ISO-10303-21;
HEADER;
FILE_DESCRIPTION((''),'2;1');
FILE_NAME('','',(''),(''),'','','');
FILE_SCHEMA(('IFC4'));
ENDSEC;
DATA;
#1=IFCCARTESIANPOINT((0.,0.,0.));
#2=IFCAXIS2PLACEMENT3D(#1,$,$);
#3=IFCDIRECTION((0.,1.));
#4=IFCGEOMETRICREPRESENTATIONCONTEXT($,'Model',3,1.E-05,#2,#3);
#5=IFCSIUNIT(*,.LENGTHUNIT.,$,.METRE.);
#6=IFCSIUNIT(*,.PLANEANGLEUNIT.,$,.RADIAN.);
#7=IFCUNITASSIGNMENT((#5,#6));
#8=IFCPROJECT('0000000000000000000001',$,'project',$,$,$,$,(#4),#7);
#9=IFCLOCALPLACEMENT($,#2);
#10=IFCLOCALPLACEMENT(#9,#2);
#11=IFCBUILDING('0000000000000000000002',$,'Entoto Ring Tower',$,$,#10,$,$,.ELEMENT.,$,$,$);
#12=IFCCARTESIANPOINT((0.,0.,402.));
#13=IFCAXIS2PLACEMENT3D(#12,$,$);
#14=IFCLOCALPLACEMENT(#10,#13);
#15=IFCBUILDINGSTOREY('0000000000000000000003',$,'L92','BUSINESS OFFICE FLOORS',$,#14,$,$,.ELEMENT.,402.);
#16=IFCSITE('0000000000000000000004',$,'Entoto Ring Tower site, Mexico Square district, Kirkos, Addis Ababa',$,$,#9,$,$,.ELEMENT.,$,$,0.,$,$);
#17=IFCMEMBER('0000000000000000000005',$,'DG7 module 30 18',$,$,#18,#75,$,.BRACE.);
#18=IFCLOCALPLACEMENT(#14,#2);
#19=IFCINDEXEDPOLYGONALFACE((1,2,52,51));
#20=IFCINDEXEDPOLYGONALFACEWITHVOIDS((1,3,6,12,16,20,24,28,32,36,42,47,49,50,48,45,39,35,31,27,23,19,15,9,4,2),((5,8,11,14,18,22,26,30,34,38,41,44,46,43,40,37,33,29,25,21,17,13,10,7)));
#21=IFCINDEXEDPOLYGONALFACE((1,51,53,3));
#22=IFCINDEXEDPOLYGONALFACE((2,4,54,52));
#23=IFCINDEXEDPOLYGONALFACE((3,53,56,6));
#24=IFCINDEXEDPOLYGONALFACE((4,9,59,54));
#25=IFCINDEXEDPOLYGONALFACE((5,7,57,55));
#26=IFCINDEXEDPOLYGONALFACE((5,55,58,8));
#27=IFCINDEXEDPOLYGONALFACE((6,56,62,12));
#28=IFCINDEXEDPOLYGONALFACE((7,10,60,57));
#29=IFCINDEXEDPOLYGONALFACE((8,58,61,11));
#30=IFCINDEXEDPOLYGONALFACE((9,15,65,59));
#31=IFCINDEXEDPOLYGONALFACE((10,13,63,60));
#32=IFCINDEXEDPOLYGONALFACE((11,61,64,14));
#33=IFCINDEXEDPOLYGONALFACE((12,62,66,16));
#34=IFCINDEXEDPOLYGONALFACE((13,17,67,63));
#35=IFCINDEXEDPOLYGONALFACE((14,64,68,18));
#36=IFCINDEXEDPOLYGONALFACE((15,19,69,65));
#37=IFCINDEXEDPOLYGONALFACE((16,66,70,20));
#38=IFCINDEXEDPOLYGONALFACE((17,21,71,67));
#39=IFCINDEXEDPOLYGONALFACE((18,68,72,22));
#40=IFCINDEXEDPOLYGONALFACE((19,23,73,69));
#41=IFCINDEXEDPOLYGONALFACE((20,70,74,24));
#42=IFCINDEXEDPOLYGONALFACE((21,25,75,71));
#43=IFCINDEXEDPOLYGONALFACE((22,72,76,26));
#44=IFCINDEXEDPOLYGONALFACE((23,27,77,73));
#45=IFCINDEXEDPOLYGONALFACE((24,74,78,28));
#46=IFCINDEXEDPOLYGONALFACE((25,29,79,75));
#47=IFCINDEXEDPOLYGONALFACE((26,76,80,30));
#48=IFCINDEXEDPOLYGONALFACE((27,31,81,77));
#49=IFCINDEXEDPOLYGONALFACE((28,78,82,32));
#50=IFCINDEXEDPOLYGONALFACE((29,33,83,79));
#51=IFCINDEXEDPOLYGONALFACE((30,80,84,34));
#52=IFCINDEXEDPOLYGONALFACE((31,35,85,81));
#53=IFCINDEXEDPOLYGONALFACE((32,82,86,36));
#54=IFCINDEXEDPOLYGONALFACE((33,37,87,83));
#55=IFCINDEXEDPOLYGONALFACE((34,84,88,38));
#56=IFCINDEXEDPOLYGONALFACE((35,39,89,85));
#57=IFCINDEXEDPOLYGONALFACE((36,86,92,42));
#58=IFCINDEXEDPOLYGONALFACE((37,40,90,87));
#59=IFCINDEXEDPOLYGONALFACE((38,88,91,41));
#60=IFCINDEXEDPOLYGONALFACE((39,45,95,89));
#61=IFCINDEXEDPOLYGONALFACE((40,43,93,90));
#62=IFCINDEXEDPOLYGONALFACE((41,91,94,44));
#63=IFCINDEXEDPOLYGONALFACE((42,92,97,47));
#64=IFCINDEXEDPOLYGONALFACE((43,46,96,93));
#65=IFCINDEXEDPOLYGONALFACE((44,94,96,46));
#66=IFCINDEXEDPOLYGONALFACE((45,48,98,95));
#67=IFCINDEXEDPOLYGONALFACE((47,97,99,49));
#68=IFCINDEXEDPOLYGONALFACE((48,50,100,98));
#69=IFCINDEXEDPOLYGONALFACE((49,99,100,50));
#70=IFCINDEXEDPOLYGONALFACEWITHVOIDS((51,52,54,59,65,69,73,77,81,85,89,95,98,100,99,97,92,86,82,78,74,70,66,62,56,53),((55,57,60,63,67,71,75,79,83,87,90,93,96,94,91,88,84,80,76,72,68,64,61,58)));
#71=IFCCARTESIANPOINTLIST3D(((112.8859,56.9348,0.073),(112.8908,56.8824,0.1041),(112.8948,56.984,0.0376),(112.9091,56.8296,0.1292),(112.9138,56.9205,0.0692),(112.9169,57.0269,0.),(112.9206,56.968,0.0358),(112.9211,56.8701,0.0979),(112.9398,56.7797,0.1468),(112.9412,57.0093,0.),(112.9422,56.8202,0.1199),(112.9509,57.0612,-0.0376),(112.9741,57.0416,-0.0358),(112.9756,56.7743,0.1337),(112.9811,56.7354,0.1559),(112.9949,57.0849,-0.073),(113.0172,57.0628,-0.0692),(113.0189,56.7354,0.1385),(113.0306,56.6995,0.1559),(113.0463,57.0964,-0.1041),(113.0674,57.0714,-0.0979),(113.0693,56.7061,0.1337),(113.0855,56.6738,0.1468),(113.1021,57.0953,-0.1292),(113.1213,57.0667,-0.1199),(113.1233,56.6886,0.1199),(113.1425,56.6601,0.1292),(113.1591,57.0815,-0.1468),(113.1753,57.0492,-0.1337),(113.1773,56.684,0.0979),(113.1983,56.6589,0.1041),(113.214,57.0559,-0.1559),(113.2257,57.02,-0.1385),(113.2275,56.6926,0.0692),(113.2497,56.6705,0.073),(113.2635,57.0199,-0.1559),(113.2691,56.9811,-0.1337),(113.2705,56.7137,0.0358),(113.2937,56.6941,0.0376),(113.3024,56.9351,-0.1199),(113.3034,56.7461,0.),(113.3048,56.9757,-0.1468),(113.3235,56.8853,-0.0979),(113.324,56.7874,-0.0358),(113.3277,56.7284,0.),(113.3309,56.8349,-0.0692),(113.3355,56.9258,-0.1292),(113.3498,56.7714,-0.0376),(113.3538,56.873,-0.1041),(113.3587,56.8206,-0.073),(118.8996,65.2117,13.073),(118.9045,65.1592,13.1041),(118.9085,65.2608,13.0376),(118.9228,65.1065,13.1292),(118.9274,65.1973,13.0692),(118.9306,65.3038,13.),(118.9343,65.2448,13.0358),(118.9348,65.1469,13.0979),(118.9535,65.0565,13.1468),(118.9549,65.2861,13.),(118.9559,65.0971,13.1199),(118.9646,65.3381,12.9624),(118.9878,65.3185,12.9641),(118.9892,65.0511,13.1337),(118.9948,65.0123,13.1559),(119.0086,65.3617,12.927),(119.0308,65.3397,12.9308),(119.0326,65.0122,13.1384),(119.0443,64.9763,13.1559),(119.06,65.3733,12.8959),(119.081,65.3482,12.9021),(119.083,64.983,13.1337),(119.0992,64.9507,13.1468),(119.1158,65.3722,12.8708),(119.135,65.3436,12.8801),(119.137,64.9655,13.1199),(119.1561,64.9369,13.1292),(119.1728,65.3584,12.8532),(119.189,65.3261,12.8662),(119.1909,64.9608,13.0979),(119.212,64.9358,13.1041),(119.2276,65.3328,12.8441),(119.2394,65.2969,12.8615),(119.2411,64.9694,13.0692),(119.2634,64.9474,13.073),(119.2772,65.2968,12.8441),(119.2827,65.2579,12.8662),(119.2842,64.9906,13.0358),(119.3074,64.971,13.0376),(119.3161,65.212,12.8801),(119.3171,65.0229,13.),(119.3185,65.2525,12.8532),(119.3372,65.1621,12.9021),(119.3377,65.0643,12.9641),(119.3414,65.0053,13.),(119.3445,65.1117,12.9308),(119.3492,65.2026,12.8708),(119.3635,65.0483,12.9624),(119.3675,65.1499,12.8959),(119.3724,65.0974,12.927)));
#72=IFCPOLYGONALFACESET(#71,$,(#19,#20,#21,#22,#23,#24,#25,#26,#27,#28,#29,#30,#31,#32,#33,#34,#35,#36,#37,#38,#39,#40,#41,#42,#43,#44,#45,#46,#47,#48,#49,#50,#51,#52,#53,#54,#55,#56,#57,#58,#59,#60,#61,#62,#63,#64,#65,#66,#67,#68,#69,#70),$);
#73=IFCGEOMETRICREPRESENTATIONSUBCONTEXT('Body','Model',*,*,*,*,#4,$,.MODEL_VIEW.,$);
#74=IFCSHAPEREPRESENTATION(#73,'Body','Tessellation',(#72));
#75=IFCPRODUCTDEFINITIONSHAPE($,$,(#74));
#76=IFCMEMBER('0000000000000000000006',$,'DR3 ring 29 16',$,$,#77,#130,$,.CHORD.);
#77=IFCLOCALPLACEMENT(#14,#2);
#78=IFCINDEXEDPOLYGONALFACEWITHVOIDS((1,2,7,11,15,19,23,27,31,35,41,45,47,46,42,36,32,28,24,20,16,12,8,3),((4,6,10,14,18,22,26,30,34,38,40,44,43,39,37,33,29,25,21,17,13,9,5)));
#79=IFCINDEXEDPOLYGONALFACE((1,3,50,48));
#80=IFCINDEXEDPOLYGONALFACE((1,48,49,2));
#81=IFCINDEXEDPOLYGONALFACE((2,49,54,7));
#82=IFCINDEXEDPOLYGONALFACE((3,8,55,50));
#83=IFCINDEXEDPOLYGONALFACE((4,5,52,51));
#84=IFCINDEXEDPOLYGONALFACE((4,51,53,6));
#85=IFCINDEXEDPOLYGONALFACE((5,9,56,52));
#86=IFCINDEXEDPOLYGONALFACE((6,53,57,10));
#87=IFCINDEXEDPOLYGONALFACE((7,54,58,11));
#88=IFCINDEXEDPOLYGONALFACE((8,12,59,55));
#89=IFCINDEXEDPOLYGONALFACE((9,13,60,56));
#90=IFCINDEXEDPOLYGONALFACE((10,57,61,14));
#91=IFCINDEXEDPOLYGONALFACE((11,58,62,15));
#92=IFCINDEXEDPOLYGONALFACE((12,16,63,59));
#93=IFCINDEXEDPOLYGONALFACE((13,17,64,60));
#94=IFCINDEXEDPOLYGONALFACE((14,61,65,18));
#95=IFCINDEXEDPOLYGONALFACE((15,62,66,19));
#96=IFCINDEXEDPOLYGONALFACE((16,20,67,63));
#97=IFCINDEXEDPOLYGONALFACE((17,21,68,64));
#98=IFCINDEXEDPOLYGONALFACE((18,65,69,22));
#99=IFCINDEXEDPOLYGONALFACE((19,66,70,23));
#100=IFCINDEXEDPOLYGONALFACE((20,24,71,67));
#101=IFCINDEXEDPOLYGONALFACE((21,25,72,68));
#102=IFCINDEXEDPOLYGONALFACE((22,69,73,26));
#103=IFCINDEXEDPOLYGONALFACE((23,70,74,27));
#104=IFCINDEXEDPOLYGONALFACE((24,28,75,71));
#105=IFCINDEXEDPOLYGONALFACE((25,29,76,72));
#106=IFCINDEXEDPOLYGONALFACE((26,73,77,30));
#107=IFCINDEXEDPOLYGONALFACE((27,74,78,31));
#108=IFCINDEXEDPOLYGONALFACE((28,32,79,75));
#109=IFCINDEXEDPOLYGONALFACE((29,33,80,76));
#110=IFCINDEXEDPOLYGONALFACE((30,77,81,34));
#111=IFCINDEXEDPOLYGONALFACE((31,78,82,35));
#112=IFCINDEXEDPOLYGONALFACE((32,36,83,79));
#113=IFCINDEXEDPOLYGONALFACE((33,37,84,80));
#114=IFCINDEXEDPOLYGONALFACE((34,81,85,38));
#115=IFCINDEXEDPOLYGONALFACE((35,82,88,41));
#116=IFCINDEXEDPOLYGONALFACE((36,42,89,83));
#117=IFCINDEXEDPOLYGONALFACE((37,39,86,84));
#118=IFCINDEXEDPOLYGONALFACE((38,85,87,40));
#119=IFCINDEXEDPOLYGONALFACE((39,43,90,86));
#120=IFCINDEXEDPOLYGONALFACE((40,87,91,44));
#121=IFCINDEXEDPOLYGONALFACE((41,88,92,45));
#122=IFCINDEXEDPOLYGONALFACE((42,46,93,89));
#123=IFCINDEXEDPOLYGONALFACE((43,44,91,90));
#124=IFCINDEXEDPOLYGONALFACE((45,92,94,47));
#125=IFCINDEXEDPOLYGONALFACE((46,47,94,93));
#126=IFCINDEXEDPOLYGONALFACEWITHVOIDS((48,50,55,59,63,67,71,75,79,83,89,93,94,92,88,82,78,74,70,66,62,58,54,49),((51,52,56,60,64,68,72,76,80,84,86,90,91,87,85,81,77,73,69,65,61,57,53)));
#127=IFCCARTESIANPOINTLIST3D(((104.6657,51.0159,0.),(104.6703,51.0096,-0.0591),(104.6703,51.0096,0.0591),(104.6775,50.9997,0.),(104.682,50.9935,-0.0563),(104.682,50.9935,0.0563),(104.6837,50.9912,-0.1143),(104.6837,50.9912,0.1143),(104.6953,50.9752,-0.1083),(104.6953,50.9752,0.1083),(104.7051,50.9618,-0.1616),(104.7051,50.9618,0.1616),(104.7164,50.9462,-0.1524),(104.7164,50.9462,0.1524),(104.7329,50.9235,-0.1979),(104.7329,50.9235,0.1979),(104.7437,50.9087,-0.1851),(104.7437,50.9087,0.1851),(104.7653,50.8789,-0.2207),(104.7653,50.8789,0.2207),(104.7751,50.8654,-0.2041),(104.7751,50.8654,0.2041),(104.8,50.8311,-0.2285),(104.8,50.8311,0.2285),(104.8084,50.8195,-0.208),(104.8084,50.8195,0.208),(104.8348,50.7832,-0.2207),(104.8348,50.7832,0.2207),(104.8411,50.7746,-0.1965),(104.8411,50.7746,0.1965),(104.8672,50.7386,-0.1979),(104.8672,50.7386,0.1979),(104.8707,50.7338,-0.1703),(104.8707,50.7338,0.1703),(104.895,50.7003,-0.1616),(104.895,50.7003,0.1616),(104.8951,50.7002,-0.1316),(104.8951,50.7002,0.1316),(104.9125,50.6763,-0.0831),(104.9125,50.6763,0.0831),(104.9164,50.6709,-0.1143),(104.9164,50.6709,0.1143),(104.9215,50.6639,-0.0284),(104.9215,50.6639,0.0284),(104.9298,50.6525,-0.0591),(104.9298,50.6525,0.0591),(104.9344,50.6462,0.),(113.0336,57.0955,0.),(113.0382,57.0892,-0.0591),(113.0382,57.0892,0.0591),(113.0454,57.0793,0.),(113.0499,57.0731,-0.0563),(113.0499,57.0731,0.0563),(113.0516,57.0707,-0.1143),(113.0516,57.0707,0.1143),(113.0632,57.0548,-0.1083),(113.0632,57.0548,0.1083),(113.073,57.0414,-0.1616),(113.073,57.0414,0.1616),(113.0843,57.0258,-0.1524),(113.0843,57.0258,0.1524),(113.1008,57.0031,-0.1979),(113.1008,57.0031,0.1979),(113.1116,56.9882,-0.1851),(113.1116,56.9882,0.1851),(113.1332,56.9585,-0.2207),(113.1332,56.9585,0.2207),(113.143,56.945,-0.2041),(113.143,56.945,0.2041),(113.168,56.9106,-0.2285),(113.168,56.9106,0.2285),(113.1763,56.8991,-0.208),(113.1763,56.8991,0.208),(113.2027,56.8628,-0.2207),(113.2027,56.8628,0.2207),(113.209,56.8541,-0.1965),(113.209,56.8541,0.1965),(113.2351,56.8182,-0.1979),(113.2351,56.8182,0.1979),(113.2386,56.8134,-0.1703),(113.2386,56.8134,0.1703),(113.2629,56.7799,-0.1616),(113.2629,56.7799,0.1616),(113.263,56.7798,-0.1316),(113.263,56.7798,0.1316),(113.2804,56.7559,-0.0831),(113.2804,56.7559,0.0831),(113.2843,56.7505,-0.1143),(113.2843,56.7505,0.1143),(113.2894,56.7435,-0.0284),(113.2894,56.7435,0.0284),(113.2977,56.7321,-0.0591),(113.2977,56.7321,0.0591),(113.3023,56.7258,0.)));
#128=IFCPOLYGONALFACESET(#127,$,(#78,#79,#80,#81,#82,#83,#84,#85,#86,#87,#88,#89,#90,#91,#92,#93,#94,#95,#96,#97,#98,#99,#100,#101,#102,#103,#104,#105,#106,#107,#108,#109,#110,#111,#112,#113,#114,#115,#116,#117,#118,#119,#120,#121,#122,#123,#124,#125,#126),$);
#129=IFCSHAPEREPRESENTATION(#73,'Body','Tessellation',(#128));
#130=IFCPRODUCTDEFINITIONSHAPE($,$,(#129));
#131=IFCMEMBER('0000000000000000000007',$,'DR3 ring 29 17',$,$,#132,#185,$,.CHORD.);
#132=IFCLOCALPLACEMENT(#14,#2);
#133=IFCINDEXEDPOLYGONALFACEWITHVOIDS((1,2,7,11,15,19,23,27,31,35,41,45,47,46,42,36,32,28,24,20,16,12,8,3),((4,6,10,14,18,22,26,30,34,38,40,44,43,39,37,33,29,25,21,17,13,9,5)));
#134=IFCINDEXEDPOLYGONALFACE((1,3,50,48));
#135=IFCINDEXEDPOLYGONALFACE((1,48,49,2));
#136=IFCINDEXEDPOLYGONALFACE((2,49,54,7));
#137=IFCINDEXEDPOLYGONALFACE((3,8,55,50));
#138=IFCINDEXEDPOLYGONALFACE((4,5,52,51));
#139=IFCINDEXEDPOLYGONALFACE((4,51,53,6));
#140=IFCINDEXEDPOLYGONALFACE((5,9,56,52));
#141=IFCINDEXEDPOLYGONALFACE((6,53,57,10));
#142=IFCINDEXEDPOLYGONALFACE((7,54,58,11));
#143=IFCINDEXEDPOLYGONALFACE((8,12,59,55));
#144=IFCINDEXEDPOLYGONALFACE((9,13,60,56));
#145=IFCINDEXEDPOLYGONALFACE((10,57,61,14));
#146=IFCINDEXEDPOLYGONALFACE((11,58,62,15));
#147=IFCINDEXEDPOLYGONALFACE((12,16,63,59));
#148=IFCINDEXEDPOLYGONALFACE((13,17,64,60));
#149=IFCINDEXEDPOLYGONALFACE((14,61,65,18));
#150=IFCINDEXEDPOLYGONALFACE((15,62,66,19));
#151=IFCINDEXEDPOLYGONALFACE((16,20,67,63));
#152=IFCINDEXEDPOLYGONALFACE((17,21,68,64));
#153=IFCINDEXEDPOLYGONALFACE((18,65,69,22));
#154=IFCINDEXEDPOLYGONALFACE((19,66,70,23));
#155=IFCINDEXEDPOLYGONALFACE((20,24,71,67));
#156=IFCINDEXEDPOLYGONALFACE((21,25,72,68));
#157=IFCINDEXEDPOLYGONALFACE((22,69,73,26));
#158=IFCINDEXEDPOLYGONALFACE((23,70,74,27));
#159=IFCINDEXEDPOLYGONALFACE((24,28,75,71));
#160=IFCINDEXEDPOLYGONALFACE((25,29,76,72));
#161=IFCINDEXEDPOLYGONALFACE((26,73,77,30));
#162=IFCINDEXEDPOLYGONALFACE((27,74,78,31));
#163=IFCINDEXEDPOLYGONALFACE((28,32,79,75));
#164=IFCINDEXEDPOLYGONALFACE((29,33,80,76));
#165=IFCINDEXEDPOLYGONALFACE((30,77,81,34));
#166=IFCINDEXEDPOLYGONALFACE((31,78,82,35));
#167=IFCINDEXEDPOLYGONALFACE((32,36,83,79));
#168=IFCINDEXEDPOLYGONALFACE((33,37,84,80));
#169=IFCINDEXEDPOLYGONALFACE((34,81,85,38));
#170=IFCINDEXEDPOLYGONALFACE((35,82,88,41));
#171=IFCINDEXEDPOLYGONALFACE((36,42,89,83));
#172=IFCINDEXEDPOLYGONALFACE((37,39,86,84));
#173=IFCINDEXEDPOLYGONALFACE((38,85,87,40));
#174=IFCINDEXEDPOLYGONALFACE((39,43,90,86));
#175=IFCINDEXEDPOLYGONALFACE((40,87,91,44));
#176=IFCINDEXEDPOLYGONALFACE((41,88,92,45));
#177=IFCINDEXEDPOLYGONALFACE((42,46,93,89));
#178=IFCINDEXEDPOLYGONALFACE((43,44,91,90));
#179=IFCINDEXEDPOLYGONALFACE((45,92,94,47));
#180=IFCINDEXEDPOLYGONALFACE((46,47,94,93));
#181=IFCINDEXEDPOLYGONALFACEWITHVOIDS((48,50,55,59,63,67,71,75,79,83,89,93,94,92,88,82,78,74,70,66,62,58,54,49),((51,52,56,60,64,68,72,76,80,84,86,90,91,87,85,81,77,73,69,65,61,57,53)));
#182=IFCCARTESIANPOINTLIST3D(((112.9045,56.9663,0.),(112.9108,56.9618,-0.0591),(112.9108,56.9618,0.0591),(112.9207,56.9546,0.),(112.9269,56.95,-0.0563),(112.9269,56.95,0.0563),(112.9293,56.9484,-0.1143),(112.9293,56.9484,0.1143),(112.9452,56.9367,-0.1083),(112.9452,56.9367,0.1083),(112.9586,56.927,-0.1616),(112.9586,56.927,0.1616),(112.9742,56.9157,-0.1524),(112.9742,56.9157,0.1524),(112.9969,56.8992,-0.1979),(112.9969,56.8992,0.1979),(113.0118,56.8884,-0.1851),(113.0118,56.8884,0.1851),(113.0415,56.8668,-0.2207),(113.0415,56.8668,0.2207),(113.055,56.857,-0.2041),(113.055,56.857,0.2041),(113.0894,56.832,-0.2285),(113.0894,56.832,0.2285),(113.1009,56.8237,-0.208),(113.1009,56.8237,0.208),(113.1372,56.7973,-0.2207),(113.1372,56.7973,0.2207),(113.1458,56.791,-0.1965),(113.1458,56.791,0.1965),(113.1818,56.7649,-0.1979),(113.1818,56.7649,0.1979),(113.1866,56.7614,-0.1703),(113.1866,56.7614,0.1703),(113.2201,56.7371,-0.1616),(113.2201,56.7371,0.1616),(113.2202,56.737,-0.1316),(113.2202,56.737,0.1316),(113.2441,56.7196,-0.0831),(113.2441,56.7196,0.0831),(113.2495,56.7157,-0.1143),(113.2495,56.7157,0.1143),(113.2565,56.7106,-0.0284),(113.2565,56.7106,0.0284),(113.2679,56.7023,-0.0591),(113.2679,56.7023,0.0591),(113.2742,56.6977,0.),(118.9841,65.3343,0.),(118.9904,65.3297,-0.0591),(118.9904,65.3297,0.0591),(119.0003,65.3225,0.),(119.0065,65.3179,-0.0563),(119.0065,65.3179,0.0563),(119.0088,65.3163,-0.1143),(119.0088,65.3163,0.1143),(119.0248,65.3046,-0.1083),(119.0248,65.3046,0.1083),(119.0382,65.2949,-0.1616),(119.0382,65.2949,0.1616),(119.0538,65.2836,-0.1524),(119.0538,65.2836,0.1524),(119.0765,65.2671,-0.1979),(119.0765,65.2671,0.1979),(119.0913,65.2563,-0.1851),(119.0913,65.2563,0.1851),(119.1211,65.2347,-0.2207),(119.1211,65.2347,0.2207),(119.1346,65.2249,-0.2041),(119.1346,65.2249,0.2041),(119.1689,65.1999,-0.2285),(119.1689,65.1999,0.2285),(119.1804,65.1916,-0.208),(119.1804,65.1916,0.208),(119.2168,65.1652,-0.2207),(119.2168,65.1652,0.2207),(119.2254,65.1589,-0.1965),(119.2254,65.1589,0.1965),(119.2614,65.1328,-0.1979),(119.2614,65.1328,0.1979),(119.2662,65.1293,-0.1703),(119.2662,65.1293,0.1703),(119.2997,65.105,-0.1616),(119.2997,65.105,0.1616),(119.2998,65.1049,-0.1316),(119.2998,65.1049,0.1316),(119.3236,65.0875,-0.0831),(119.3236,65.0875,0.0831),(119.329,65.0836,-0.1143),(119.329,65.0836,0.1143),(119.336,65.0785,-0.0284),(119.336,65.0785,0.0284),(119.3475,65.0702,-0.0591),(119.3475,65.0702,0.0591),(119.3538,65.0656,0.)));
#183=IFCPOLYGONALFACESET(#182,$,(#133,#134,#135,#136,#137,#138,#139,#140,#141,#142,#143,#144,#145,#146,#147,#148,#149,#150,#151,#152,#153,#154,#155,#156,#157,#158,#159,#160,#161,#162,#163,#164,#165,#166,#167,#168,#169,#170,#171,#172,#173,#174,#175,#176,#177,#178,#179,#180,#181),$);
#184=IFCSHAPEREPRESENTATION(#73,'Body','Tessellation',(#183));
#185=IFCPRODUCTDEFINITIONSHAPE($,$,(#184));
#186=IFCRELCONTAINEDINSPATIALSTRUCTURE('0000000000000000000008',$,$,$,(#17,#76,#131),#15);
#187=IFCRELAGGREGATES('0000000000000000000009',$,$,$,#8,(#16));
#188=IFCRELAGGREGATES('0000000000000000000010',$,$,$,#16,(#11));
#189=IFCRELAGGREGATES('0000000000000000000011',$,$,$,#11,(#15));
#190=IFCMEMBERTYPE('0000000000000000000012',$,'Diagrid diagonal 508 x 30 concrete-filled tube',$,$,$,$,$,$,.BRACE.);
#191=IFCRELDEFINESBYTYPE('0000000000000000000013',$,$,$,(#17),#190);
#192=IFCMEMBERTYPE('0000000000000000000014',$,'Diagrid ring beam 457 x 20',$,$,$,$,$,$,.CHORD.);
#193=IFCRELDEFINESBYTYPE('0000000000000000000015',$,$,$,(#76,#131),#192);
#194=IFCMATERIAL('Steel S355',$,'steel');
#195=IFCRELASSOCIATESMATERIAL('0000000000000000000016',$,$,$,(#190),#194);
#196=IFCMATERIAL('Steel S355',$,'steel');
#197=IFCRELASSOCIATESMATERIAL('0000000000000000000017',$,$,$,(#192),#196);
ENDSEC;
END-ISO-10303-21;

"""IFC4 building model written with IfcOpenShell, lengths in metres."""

from ifc_helpers import new_model, si_unit, direction, frame, origin, origin_2d, place, context, subcontext, project, spatial, circle, hollow_circle, extrude, material, material_profile, profile_set, type_object, element, save


model = new_model("IFC4")

# Units and contexts
model_context = context("Model", 3, precision=1e-05, world=origin(), true_north=direction((0.0, 1.0)))
body_context = subcontext(model_context, "Body", "Model", "MODEL_VIEW")
ifc_project = project(units=[si_unit("LENGTHUNIT", "METRE"), si_unit("PLANEANGLEUNIT", "RADIAN")], contexts=[model_context])

# Site, building, storey
site_placement = place(None, origin())
site = spatial("IfcSite", under=ifc_project, at=site_placement, Name="Entoto Ring Tower site, Mexico Square district, Kirkos, Addis Ababa", CompositionType="ELEMENT", RefElevation=0.0)
building_placement = place(site_placement, origin())
building = spatial("IfcBuilding", under=site, at=building_placement, Name="Entoto Ring Tower", CompositionType="ELEMENT")
storey_placement = place(building_placement, frame((0.0, 0.0, 402.0)))
storey = spatial("IfcBuildingStorey", under=building, at=storey_placement, Name="L92", Description="BUSINESS OFFICE FLOORS", CompositionType="ELEMENT", Elevation=402.0)

# Members
ifc_material_1 = material(Name="Steel S355", Category="steel")
ifc_material_profile_1 = material_profile(ifc_material_1, hollow_circle(Radius=0.2539, WallThickness=0.03, at=origin_2d()), Name="CHS 508 x 30")
ifc_material_2 = material(Name="Concrete C60/75", Category="concrete")
ifc_material_profile_2 = material_profile(ifc_material_2, circle(Radius=0.2241, at=origin_2d()), Name="Concrete C60/75 infill")
ifc_profile_set_1 = profile_set([ifc_material_profile_1, ifc_material_profile_2], Name="Steel S355")
member_type_1 = type_object("IfcMemberType", Name="Diagrid diagonal 508 x 30 concrete-filled tube", PredefinedType="BRACE", material=ifc_profile_set_1)
for number, where, z_axis, x_axis, name in (
    (1, (113.1223, 56.8777, 0.0), (0.363518, 0.500324, 0.785831), (-0.809008, 0.587797, 0.0), "DG7 module 30 18"),
):
    element("IfcMember", number, at=place(storey_placement, frame(where, z_axis=z_axis, x_axis=x_axis)), inside=storey, type_object=member_type_1, Name=name, PredefinedType="BRACE", context=body_context, shape_type="SweptSolid", body=[
        extrude(hollow_circle(Radius=0.2539, WallThickness=0.03, at=origin_2d()), origin(), (0.0, 0.0, 1.0), 16.543),
    ])
ifc_material_3 = material(Name="Steel S355", Category="steel")
ifc_material_profile_3 = material_profile(ifc_material_3, hollow_circle(Radius=0.2285, WallThickness=0.02, at=origin_2d()), Name="CHS 457 x 20")
ifc_material_4 = material(Name="Concrete C60/75", Category="concrete")
ifc_material_profile_4 = material_profile(ifc_material_4, circle(Radius=0.2085, at=origin_2d()), Name="Concrete C60/75 infill")
ifc_profile_set_2 = profile_set([ifc_material_profile_3, ifc_material_profile_4], Name="Steel S355")
member_type_2 = type_object("IfcMemberType", Name="Diagrid ring beam 457 x 20", PredefinedType="CHORD", material=ifc_profile_set_2)
for number, where, z_axis, x_axis, name in (
    (2, (104.8, 50.8311, 0.0), (0.80902, 0.587781, 0.0), (-0.587781, 0.80902, 0.0), "DR3 ring 29 16"),
    (3, (113.0894, 56.832, 0.0), (0.587781, 0.80902, 0.0), (-0.80902, 0.587781, 0.0), "DR3 ring 29 17"),
):
    element("IfcMember", number, at=place(storey_placement, frame(where, z_axis=z_axis, x_axis=x_axis)), inside=storey, type_object=member_type_2, Name=name, PredefinedType="CHORD", context=body_context, shape_type="SweptSolid", body=[
        extrude(hollow_circle(Radius=0.2285, WallThickness=0.02, at=origin_2d()), origin(), (0.0, 0.0, 1.0), 10.3433),
    ])

save(model, "model.ifc")
